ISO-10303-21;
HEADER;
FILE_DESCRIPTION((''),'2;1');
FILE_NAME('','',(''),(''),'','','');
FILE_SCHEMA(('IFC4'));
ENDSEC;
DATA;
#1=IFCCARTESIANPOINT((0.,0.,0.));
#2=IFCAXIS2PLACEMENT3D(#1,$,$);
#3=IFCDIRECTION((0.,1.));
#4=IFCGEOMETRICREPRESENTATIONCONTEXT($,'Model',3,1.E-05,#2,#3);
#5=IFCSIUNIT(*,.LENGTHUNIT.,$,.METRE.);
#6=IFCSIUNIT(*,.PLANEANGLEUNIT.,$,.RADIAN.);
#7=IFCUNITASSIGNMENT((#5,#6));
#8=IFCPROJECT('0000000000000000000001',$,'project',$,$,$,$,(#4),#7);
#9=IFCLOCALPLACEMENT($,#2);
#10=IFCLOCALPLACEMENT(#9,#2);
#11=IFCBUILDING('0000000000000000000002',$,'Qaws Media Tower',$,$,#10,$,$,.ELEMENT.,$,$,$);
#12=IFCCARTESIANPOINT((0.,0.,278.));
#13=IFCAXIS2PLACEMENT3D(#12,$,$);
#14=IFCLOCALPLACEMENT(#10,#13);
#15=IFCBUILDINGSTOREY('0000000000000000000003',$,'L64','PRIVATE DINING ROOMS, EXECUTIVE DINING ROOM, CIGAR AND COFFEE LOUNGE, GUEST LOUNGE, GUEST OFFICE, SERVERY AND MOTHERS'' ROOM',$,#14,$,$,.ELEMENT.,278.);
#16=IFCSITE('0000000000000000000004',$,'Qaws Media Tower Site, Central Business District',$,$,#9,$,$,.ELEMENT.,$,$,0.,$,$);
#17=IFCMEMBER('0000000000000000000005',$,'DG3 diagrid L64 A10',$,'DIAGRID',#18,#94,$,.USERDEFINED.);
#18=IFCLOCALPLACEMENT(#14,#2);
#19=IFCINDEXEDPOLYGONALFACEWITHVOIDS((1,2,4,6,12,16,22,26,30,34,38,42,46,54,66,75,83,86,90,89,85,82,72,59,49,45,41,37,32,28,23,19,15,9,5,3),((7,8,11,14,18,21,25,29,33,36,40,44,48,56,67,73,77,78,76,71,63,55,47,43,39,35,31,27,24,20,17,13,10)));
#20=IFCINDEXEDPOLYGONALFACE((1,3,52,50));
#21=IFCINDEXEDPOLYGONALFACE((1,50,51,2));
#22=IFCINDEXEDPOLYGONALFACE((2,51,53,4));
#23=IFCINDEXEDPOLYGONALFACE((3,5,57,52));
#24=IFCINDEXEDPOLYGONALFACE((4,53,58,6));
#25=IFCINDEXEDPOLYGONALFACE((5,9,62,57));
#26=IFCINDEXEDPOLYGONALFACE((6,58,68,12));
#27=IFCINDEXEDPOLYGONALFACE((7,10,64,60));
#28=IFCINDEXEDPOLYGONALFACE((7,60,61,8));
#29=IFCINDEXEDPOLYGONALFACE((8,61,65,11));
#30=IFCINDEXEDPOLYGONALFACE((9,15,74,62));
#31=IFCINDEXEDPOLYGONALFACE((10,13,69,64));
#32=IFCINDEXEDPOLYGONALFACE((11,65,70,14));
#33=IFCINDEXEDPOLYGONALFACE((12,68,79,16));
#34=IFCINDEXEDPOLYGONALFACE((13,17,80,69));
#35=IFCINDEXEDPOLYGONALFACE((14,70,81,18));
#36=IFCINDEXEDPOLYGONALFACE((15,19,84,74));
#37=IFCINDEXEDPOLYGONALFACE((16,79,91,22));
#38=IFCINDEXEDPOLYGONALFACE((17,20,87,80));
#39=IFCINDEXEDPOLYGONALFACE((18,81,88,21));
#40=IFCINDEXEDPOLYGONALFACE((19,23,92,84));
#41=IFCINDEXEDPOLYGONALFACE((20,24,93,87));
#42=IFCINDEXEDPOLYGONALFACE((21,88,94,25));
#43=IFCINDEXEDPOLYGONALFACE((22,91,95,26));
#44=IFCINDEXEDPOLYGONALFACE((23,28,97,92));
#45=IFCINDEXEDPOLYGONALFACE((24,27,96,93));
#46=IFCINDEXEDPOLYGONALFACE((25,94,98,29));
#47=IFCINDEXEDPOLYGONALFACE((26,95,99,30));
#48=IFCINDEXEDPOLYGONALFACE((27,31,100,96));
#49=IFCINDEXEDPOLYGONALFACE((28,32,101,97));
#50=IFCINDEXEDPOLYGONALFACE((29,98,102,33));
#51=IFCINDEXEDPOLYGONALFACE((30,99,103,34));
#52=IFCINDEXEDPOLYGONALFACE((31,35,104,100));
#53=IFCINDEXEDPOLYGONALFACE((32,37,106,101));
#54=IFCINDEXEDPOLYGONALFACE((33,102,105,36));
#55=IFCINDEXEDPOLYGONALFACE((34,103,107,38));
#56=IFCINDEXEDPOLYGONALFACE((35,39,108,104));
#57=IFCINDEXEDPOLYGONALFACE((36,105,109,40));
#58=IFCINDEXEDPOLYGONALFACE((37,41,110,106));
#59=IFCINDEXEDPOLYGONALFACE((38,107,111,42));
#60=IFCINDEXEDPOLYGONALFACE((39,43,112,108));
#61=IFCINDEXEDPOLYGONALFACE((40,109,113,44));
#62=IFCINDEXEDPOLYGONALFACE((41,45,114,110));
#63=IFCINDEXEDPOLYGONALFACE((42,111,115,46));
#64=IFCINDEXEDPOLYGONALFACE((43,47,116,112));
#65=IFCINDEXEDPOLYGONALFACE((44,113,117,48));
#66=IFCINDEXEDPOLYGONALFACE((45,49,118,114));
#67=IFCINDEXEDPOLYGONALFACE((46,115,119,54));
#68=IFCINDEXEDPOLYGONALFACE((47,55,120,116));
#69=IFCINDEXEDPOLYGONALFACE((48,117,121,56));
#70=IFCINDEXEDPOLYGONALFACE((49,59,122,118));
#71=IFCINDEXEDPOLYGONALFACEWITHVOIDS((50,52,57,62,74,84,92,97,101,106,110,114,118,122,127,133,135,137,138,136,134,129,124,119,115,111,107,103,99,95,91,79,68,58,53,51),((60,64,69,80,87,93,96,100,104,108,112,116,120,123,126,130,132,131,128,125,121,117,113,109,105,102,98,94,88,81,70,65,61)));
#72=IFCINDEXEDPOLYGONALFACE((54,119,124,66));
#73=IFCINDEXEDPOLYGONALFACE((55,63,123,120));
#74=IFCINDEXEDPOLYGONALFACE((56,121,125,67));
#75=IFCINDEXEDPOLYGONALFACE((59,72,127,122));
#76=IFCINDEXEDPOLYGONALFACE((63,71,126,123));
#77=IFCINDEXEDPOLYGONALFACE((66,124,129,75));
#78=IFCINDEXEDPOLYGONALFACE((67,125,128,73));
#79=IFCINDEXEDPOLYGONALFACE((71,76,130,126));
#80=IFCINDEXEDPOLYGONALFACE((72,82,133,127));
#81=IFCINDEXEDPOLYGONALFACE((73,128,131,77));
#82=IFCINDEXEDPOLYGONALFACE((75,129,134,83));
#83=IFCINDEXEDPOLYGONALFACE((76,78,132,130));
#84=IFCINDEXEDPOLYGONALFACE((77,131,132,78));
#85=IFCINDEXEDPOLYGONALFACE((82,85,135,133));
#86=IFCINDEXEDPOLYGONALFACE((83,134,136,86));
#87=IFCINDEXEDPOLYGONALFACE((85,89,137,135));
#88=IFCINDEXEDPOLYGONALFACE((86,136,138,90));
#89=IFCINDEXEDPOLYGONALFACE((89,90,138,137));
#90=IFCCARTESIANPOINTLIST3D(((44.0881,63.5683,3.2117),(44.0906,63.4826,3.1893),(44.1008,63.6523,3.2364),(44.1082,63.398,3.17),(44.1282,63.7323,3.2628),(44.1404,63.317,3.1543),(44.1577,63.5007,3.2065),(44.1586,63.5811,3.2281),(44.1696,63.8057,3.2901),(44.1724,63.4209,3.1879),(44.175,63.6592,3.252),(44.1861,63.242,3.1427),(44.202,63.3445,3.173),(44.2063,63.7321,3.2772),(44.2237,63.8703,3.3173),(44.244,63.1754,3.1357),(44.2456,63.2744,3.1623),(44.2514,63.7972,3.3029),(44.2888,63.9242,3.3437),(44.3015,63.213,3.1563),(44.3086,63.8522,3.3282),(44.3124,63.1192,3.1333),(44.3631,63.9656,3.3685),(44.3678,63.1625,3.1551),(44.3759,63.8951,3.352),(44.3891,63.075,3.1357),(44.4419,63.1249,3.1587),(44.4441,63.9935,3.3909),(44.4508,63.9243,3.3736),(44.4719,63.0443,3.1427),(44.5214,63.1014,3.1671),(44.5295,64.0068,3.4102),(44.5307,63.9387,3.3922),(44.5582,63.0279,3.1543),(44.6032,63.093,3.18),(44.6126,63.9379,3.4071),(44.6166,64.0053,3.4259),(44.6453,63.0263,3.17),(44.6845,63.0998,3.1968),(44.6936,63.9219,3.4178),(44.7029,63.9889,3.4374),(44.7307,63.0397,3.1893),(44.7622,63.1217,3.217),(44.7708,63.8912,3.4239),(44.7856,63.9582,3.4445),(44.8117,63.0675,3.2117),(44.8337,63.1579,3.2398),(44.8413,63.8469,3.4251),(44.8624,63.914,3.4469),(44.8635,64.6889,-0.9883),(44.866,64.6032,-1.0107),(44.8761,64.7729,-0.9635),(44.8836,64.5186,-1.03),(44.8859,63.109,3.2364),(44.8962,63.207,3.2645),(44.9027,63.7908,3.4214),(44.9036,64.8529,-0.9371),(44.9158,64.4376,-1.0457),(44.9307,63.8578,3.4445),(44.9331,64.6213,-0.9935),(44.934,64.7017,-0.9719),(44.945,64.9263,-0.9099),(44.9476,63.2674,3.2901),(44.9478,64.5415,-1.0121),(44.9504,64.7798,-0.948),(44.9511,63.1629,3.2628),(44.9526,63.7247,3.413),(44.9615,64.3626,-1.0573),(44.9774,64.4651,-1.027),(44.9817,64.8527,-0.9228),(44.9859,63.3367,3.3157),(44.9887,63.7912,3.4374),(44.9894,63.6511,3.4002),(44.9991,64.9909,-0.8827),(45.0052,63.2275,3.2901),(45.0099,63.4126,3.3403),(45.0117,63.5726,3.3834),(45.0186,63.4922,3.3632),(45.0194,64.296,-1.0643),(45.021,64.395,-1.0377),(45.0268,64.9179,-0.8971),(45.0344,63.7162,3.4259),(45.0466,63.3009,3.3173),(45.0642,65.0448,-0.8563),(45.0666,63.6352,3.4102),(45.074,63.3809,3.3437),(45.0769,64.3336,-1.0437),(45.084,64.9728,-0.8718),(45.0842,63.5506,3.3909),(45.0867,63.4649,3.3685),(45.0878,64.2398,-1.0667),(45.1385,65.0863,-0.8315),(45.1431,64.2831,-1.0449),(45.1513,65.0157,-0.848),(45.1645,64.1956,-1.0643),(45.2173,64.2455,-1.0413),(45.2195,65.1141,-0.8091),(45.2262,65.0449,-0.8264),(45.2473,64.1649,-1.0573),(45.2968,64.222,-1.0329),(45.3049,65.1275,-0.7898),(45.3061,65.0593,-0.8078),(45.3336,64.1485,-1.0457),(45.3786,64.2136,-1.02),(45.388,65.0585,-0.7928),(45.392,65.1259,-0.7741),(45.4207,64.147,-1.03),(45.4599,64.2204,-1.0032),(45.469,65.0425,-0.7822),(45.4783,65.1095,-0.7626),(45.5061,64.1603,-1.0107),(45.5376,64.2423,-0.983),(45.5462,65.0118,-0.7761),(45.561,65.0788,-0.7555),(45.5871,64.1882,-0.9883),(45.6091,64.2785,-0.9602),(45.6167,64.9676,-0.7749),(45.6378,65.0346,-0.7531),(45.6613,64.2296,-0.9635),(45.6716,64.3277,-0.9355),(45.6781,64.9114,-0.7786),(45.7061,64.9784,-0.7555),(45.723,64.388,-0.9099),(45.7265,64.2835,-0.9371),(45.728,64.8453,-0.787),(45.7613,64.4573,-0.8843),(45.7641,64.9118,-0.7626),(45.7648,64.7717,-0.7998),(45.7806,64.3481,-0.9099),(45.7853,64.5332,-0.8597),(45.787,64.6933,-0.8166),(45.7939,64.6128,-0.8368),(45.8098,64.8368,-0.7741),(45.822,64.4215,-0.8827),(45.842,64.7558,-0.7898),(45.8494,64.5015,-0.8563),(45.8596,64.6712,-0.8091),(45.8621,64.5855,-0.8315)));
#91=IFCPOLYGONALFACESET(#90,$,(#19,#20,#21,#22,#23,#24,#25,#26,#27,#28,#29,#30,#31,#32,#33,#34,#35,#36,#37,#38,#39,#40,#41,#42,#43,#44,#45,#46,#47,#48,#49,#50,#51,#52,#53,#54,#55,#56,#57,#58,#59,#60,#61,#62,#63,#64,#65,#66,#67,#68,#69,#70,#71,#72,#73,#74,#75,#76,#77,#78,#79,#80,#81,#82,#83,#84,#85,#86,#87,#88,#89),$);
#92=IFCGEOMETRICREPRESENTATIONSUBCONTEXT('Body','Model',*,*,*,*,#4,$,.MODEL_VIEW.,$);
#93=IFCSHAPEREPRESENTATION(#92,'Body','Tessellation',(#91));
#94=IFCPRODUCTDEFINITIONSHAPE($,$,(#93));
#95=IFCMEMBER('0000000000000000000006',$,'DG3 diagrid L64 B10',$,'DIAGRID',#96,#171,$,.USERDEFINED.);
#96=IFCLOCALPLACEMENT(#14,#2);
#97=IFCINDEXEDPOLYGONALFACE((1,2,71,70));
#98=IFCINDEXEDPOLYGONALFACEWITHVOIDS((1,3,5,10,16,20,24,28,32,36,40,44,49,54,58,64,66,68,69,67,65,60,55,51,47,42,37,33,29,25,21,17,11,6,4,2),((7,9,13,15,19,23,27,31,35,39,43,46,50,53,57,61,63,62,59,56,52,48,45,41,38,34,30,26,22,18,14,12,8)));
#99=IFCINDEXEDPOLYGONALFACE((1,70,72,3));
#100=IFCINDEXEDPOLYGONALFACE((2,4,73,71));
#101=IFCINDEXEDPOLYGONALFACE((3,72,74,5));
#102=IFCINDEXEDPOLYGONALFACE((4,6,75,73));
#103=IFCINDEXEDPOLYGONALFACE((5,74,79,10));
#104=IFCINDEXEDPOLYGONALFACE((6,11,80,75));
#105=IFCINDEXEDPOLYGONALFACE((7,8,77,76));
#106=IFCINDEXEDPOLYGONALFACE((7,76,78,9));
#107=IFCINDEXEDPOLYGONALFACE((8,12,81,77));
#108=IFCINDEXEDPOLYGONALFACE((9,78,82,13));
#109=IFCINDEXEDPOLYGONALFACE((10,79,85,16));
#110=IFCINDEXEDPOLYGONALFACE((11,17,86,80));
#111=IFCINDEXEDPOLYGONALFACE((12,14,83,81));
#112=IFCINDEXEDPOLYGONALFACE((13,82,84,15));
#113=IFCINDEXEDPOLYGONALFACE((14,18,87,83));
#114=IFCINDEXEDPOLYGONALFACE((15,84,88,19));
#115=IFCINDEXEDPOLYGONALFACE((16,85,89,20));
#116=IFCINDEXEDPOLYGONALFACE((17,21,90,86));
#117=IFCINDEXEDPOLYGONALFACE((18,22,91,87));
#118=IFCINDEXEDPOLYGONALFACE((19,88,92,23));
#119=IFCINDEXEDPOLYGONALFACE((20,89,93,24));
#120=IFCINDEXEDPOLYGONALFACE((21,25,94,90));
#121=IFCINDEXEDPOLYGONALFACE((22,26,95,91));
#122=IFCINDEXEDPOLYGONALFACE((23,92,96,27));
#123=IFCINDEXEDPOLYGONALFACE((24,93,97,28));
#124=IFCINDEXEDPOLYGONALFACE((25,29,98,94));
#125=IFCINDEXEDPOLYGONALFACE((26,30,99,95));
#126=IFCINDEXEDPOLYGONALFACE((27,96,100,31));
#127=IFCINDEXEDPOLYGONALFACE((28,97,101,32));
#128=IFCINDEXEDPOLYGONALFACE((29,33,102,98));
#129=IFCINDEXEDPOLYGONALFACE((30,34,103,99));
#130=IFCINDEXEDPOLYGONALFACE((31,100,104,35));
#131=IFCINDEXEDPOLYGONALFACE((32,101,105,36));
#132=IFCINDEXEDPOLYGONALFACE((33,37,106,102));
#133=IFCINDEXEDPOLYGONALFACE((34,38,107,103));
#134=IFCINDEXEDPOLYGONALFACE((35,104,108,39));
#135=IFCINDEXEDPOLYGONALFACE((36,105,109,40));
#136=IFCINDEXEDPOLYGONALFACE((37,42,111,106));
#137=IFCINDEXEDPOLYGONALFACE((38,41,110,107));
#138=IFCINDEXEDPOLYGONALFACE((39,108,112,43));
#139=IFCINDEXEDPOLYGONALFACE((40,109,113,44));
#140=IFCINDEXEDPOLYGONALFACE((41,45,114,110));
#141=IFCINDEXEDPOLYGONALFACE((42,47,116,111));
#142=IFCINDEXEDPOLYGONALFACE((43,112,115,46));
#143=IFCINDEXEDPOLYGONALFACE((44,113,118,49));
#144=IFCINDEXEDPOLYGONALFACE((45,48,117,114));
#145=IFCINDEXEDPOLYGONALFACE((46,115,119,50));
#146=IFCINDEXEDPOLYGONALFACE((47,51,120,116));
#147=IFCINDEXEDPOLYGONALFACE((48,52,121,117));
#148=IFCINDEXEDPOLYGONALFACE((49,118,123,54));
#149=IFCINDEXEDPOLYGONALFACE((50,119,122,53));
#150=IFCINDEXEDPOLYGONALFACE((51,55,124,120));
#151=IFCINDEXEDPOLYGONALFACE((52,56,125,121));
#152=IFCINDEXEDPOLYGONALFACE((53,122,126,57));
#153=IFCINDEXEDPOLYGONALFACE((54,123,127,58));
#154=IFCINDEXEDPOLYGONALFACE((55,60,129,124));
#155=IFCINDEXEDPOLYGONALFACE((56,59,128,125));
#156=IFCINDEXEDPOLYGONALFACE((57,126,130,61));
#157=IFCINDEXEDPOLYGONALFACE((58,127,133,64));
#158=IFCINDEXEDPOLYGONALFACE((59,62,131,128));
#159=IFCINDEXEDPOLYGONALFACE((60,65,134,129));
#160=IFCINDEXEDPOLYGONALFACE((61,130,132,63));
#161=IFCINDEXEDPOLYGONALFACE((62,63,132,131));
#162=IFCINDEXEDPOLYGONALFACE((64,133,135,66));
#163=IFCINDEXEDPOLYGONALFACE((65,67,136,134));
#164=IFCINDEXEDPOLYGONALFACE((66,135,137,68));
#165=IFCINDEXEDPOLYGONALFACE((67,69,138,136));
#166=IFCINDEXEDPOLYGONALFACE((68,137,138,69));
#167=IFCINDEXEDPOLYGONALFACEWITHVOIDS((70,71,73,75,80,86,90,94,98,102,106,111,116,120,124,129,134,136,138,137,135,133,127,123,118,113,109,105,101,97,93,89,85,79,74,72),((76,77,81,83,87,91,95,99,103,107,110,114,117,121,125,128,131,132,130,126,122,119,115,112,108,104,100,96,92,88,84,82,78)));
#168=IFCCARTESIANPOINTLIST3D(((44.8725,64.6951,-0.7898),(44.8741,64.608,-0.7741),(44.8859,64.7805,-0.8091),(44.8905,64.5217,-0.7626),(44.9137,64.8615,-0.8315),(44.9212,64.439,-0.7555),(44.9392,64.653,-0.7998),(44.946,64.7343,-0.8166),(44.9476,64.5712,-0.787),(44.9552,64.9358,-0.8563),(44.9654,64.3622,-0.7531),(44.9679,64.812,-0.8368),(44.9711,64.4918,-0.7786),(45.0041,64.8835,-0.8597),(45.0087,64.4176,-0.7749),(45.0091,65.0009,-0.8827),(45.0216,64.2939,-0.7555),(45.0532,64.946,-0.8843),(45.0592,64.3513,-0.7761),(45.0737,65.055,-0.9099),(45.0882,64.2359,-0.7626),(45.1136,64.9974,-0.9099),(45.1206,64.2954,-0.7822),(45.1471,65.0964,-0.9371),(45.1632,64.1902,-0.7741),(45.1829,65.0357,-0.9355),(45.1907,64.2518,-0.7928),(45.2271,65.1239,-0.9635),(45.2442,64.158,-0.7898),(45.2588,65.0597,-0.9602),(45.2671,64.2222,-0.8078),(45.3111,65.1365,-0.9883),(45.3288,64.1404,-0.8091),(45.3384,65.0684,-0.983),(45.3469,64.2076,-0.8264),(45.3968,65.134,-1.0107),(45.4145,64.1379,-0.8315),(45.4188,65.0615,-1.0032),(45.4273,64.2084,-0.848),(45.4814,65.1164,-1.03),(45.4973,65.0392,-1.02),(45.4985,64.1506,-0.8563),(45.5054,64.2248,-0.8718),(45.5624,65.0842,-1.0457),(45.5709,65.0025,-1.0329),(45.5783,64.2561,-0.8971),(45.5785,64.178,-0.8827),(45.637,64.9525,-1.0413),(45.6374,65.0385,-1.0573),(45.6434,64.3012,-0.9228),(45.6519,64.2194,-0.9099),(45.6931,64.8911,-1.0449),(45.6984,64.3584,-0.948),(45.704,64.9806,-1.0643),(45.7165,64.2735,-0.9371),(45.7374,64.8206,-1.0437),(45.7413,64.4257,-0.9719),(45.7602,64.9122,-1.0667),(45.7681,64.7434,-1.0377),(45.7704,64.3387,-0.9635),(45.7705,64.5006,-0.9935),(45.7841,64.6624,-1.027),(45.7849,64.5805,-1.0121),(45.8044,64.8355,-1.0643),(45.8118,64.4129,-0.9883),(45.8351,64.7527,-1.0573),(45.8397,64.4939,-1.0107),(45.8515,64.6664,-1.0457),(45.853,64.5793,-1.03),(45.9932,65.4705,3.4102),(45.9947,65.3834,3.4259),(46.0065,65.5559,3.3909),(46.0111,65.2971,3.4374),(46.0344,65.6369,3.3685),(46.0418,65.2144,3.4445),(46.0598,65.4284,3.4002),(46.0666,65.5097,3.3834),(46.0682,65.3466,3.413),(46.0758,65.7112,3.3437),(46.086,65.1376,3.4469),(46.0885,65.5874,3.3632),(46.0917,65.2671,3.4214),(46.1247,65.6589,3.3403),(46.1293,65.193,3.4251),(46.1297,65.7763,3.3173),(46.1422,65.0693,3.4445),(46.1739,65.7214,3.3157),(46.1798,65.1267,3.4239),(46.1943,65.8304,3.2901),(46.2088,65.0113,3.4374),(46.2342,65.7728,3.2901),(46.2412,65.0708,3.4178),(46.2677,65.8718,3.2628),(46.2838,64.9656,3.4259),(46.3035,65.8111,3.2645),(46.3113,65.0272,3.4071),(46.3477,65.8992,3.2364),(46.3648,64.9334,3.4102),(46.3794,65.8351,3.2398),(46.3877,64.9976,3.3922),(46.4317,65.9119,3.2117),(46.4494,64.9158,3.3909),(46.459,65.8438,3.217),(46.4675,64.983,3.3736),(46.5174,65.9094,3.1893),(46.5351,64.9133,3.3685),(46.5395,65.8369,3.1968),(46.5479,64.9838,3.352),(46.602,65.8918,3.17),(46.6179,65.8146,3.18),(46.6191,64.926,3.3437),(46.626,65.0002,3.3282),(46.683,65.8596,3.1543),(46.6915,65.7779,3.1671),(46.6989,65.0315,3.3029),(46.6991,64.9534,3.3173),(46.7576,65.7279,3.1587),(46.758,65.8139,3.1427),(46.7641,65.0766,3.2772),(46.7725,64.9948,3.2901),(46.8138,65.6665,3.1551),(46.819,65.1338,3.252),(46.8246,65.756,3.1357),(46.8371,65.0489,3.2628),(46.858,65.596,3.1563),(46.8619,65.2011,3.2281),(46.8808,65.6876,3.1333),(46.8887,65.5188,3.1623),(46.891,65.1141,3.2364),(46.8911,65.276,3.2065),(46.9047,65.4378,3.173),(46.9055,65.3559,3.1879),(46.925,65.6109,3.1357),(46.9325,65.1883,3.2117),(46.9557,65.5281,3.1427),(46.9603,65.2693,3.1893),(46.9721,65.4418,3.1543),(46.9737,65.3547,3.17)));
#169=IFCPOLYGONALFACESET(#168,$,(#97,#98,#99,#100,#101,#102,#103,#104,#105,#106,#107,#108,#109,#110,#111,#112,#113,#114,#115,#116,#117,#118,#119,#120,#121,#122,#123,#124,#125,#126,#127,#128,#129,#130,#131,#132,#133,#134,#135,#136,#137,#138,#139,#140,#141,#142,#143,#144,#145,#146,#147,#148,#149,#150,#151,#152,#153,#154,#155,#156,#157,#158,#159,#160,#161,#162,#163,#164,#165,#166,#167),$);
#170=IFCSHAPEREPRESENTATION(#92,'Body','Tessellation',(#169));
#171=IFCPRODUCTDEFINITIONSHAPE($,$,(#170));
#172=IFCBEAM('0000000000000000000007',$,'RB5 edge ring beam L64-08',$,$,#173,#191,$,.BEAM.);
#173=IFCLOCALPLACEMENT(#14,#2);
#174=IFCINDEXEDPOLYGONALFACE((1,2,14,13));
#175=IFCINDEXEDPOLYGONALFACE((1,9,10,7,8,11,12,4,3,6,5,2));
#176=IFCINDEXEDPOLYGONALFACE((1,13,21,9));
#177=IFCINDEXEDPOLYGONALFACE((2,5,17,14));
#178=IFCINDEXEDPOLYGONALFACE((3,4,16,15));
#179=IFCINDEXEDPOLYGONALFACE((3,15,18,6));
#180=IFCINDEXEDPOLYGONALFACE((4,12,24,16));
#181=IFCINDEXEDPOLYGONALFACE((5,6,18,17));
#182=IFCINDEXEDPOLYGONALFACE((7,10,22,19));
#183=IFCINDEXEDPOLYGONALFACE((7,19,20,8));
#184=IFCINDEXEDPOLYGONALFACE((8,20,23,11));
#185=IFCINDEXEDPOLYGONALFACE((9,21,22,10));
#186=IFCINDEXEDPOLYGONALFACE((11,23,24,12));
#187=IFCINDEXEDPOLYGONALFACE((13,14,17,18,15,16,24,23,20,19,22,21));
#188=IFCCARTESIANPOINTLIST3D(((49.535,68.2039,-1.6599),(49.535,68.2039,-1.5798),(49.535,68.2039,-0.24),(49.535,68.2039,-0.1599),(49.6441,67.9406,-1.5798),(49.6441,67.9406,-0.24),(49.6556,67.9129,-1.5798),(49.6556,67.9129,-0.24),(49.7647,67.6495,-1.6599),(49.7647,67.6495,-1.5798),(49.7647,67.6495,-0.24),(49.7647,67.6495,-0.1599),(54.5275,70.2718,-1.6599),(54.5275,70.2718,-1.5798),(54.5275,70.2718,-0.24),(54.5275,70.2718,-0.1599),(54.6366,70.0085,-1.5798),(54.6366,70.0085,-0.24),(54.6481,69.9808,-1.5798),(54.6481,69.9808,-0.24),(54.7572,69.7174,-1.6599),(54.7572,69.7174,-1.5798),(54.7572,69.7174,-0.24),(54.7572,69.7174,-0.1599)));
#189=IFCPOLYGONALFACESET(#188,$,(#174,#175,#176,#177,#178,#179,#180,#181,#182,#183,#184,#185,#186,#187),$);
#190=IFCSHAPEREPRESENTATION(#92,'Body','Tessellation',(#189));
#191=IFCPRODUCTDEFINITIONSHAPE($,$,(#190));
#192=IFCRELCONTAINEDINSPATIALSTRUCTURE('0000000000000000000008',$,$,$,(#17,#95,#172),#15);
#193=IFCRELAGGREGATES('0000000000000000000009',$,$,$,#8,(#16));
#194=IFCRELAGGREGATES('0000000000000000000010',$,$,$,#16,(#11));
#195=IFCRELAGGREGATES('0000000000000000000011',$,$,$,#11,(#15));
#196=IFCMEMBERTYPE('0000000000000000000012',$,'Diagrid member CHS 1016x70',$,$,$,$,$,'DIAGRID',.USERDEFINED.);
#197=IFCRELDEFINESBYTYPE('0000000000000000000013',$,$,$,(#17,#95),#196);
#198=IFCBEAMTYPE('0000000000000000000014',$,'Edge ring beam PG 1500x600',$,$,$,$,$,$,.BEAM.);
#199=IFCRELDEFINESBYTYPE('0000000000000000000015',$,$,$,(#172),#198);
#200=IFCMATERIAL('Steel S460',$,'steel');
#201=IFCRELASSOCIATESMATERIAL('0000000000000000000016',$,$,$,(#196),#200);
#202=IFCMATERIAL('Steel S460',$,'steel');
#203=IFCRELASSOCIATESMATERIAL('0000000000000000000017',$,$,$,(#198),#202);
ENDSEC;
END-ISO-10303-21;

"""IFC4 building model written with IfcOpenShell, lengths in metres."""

from ifc_helpers import new_model, si_unit, direction, frame, origin, origin_2d, place, context, subcontext, project, spatial, hollow_circle, i_section, extrude, material, material_profile, profile_set, type_object, element, save


model = new_model("IFC4")

# Units and contexts
model_context = context("Model", 3, precision=1e-05, world=origin(), true_north=direction((0.0, 1.0)))
body_context = subcontext(model_context, "Body", "Model", "MODEL_VIEW")
ifc_project = project(units=[si_unit("LENGTHUNIT", "METRE"), si_unit("PLANEANGLEUNIT", "RADIAN")], contexts=[model_context])

# Site, building, storey
site_placement = place(None, origin())
site = spatial("IfcSite", under=ifc_project, at=site_placement, Name="Qaws Media Tower Site, Central Business District", CompositionType="ELEMENT", RefElevation=0.0)
building_placement = place(site_placement, origin())
building = spatial("IfcBuilding", under=site, at=building_placement, Name="Qaws Media Tower", CompositionType="ELEMENT")
storey_placement = place(building_placement, frame((0.0, 0.0, 278.0)))
storey = spatial("IfcBuildingStorey", under=building, at=storey_placement, Name="L64", Description="PRIVATE DINING ROOMS, EXECUTIVE DINING ROOM, CIGAR AND COFFEE LOUNGE, GUEST LOUNGE, GUEST OFFICE, SERVERY AND MOTHERS' ROOM", CompositionType="ELEMENT", Elevation=278.0)

# Members
ifc_material_1 = material(Name="Steel S460", Category="steel")
ifc_material_profile_1 = material_profile(ifc_material_1, hollow_circle(Radius=0.5081, WallThickness=0.0701, at=origin_2d()), Name="CHS 1016x70")
ifc_profile_set_1 = profile_set([ifc_material_profile_1], Name="Steel S460")
member_type_1 = type_object("IfcMemberType", Name="Diagrid member CHS 1016x70", ElementType="DIAGRID", PredefinedType="USERDEFINED", material=ifc_profile_set_1)
for number, where, z_axis, x_axis, name in (
    (1, (45.3628, 64.6372, -0.9099), (-0.175607, -0.253789, 0.951185), (0.822334, -0.569005, 0.0), "DG3 diagrid L64 A10"),
    (2, (45.3628, 64.6372, -0.9099), (0.253789, 0.175607, 0.951185), (-0.569005, 0.822334, 0.0), "DG3 diagrid L64 B10"),
):
    element("IfcMember", number, at=place(storey_placement, frame(where, z_axis=z_axis, x_axis=x_axis)), inside=storey, type_object=member_type_1, Name=name, ObjectType="DIAGRID", PredefinedType="USERDEFINED", context=body_context, shape_type="SweptSolid", body=[
        extrude(hollow_circle(Radius=0.5081, WallThickness=0.0701, at=origin_2d()), origin(), (0.0, 0.0, 1.0), 4.4155),
    ])

# Beam
ifc_material_2 = material(Name="Steel S460", Category="steel")
ifc_material_profile_2 = material_profile(ifc_material_2, i_section(OverallWidth=0.6001, OverallDepth=1.5, WebThickness=0.03, FlangeThickness=0.0801, at=origin_2d()), Name="PG 1500x600")
ifc_profile_set_2 = profile_set([ifc_material_profile_2], Name="Steel S460")
beam_type = type_object("IfcBeamType", Name="Edge ring beam PG 1500x600", PredefinedType="BEAM", material=ifc_profile_set_2)
for number, where, z_axis, x_axis, name in (
    (3, (54.6423, 69.9946, -0.9099), (-0.923884, -0.382674, 0.0), (0.382674, -0.923884, 0.0), "RB5 edge ring beam L64-08"),
):
    element("IfcBeam", number, at=place(storey_placement, frame(where, z_axis=z_axis, x_axis=x_axis)), inside=storey, type_object=beam_type, Name=name, PredefinedType="BEAM", context=body_context, shape_type="SweptSolid", body=[
        extrude(i_section(OverallWidth=0.6001, OverallDepth=1.5, WebThickness=0.03, FlangeThickness=0.0801, at=origin_2d()), origin(), (0.0, 0.0, 1.0), 5.4038),
    ])

save(model, "model.ifc")
